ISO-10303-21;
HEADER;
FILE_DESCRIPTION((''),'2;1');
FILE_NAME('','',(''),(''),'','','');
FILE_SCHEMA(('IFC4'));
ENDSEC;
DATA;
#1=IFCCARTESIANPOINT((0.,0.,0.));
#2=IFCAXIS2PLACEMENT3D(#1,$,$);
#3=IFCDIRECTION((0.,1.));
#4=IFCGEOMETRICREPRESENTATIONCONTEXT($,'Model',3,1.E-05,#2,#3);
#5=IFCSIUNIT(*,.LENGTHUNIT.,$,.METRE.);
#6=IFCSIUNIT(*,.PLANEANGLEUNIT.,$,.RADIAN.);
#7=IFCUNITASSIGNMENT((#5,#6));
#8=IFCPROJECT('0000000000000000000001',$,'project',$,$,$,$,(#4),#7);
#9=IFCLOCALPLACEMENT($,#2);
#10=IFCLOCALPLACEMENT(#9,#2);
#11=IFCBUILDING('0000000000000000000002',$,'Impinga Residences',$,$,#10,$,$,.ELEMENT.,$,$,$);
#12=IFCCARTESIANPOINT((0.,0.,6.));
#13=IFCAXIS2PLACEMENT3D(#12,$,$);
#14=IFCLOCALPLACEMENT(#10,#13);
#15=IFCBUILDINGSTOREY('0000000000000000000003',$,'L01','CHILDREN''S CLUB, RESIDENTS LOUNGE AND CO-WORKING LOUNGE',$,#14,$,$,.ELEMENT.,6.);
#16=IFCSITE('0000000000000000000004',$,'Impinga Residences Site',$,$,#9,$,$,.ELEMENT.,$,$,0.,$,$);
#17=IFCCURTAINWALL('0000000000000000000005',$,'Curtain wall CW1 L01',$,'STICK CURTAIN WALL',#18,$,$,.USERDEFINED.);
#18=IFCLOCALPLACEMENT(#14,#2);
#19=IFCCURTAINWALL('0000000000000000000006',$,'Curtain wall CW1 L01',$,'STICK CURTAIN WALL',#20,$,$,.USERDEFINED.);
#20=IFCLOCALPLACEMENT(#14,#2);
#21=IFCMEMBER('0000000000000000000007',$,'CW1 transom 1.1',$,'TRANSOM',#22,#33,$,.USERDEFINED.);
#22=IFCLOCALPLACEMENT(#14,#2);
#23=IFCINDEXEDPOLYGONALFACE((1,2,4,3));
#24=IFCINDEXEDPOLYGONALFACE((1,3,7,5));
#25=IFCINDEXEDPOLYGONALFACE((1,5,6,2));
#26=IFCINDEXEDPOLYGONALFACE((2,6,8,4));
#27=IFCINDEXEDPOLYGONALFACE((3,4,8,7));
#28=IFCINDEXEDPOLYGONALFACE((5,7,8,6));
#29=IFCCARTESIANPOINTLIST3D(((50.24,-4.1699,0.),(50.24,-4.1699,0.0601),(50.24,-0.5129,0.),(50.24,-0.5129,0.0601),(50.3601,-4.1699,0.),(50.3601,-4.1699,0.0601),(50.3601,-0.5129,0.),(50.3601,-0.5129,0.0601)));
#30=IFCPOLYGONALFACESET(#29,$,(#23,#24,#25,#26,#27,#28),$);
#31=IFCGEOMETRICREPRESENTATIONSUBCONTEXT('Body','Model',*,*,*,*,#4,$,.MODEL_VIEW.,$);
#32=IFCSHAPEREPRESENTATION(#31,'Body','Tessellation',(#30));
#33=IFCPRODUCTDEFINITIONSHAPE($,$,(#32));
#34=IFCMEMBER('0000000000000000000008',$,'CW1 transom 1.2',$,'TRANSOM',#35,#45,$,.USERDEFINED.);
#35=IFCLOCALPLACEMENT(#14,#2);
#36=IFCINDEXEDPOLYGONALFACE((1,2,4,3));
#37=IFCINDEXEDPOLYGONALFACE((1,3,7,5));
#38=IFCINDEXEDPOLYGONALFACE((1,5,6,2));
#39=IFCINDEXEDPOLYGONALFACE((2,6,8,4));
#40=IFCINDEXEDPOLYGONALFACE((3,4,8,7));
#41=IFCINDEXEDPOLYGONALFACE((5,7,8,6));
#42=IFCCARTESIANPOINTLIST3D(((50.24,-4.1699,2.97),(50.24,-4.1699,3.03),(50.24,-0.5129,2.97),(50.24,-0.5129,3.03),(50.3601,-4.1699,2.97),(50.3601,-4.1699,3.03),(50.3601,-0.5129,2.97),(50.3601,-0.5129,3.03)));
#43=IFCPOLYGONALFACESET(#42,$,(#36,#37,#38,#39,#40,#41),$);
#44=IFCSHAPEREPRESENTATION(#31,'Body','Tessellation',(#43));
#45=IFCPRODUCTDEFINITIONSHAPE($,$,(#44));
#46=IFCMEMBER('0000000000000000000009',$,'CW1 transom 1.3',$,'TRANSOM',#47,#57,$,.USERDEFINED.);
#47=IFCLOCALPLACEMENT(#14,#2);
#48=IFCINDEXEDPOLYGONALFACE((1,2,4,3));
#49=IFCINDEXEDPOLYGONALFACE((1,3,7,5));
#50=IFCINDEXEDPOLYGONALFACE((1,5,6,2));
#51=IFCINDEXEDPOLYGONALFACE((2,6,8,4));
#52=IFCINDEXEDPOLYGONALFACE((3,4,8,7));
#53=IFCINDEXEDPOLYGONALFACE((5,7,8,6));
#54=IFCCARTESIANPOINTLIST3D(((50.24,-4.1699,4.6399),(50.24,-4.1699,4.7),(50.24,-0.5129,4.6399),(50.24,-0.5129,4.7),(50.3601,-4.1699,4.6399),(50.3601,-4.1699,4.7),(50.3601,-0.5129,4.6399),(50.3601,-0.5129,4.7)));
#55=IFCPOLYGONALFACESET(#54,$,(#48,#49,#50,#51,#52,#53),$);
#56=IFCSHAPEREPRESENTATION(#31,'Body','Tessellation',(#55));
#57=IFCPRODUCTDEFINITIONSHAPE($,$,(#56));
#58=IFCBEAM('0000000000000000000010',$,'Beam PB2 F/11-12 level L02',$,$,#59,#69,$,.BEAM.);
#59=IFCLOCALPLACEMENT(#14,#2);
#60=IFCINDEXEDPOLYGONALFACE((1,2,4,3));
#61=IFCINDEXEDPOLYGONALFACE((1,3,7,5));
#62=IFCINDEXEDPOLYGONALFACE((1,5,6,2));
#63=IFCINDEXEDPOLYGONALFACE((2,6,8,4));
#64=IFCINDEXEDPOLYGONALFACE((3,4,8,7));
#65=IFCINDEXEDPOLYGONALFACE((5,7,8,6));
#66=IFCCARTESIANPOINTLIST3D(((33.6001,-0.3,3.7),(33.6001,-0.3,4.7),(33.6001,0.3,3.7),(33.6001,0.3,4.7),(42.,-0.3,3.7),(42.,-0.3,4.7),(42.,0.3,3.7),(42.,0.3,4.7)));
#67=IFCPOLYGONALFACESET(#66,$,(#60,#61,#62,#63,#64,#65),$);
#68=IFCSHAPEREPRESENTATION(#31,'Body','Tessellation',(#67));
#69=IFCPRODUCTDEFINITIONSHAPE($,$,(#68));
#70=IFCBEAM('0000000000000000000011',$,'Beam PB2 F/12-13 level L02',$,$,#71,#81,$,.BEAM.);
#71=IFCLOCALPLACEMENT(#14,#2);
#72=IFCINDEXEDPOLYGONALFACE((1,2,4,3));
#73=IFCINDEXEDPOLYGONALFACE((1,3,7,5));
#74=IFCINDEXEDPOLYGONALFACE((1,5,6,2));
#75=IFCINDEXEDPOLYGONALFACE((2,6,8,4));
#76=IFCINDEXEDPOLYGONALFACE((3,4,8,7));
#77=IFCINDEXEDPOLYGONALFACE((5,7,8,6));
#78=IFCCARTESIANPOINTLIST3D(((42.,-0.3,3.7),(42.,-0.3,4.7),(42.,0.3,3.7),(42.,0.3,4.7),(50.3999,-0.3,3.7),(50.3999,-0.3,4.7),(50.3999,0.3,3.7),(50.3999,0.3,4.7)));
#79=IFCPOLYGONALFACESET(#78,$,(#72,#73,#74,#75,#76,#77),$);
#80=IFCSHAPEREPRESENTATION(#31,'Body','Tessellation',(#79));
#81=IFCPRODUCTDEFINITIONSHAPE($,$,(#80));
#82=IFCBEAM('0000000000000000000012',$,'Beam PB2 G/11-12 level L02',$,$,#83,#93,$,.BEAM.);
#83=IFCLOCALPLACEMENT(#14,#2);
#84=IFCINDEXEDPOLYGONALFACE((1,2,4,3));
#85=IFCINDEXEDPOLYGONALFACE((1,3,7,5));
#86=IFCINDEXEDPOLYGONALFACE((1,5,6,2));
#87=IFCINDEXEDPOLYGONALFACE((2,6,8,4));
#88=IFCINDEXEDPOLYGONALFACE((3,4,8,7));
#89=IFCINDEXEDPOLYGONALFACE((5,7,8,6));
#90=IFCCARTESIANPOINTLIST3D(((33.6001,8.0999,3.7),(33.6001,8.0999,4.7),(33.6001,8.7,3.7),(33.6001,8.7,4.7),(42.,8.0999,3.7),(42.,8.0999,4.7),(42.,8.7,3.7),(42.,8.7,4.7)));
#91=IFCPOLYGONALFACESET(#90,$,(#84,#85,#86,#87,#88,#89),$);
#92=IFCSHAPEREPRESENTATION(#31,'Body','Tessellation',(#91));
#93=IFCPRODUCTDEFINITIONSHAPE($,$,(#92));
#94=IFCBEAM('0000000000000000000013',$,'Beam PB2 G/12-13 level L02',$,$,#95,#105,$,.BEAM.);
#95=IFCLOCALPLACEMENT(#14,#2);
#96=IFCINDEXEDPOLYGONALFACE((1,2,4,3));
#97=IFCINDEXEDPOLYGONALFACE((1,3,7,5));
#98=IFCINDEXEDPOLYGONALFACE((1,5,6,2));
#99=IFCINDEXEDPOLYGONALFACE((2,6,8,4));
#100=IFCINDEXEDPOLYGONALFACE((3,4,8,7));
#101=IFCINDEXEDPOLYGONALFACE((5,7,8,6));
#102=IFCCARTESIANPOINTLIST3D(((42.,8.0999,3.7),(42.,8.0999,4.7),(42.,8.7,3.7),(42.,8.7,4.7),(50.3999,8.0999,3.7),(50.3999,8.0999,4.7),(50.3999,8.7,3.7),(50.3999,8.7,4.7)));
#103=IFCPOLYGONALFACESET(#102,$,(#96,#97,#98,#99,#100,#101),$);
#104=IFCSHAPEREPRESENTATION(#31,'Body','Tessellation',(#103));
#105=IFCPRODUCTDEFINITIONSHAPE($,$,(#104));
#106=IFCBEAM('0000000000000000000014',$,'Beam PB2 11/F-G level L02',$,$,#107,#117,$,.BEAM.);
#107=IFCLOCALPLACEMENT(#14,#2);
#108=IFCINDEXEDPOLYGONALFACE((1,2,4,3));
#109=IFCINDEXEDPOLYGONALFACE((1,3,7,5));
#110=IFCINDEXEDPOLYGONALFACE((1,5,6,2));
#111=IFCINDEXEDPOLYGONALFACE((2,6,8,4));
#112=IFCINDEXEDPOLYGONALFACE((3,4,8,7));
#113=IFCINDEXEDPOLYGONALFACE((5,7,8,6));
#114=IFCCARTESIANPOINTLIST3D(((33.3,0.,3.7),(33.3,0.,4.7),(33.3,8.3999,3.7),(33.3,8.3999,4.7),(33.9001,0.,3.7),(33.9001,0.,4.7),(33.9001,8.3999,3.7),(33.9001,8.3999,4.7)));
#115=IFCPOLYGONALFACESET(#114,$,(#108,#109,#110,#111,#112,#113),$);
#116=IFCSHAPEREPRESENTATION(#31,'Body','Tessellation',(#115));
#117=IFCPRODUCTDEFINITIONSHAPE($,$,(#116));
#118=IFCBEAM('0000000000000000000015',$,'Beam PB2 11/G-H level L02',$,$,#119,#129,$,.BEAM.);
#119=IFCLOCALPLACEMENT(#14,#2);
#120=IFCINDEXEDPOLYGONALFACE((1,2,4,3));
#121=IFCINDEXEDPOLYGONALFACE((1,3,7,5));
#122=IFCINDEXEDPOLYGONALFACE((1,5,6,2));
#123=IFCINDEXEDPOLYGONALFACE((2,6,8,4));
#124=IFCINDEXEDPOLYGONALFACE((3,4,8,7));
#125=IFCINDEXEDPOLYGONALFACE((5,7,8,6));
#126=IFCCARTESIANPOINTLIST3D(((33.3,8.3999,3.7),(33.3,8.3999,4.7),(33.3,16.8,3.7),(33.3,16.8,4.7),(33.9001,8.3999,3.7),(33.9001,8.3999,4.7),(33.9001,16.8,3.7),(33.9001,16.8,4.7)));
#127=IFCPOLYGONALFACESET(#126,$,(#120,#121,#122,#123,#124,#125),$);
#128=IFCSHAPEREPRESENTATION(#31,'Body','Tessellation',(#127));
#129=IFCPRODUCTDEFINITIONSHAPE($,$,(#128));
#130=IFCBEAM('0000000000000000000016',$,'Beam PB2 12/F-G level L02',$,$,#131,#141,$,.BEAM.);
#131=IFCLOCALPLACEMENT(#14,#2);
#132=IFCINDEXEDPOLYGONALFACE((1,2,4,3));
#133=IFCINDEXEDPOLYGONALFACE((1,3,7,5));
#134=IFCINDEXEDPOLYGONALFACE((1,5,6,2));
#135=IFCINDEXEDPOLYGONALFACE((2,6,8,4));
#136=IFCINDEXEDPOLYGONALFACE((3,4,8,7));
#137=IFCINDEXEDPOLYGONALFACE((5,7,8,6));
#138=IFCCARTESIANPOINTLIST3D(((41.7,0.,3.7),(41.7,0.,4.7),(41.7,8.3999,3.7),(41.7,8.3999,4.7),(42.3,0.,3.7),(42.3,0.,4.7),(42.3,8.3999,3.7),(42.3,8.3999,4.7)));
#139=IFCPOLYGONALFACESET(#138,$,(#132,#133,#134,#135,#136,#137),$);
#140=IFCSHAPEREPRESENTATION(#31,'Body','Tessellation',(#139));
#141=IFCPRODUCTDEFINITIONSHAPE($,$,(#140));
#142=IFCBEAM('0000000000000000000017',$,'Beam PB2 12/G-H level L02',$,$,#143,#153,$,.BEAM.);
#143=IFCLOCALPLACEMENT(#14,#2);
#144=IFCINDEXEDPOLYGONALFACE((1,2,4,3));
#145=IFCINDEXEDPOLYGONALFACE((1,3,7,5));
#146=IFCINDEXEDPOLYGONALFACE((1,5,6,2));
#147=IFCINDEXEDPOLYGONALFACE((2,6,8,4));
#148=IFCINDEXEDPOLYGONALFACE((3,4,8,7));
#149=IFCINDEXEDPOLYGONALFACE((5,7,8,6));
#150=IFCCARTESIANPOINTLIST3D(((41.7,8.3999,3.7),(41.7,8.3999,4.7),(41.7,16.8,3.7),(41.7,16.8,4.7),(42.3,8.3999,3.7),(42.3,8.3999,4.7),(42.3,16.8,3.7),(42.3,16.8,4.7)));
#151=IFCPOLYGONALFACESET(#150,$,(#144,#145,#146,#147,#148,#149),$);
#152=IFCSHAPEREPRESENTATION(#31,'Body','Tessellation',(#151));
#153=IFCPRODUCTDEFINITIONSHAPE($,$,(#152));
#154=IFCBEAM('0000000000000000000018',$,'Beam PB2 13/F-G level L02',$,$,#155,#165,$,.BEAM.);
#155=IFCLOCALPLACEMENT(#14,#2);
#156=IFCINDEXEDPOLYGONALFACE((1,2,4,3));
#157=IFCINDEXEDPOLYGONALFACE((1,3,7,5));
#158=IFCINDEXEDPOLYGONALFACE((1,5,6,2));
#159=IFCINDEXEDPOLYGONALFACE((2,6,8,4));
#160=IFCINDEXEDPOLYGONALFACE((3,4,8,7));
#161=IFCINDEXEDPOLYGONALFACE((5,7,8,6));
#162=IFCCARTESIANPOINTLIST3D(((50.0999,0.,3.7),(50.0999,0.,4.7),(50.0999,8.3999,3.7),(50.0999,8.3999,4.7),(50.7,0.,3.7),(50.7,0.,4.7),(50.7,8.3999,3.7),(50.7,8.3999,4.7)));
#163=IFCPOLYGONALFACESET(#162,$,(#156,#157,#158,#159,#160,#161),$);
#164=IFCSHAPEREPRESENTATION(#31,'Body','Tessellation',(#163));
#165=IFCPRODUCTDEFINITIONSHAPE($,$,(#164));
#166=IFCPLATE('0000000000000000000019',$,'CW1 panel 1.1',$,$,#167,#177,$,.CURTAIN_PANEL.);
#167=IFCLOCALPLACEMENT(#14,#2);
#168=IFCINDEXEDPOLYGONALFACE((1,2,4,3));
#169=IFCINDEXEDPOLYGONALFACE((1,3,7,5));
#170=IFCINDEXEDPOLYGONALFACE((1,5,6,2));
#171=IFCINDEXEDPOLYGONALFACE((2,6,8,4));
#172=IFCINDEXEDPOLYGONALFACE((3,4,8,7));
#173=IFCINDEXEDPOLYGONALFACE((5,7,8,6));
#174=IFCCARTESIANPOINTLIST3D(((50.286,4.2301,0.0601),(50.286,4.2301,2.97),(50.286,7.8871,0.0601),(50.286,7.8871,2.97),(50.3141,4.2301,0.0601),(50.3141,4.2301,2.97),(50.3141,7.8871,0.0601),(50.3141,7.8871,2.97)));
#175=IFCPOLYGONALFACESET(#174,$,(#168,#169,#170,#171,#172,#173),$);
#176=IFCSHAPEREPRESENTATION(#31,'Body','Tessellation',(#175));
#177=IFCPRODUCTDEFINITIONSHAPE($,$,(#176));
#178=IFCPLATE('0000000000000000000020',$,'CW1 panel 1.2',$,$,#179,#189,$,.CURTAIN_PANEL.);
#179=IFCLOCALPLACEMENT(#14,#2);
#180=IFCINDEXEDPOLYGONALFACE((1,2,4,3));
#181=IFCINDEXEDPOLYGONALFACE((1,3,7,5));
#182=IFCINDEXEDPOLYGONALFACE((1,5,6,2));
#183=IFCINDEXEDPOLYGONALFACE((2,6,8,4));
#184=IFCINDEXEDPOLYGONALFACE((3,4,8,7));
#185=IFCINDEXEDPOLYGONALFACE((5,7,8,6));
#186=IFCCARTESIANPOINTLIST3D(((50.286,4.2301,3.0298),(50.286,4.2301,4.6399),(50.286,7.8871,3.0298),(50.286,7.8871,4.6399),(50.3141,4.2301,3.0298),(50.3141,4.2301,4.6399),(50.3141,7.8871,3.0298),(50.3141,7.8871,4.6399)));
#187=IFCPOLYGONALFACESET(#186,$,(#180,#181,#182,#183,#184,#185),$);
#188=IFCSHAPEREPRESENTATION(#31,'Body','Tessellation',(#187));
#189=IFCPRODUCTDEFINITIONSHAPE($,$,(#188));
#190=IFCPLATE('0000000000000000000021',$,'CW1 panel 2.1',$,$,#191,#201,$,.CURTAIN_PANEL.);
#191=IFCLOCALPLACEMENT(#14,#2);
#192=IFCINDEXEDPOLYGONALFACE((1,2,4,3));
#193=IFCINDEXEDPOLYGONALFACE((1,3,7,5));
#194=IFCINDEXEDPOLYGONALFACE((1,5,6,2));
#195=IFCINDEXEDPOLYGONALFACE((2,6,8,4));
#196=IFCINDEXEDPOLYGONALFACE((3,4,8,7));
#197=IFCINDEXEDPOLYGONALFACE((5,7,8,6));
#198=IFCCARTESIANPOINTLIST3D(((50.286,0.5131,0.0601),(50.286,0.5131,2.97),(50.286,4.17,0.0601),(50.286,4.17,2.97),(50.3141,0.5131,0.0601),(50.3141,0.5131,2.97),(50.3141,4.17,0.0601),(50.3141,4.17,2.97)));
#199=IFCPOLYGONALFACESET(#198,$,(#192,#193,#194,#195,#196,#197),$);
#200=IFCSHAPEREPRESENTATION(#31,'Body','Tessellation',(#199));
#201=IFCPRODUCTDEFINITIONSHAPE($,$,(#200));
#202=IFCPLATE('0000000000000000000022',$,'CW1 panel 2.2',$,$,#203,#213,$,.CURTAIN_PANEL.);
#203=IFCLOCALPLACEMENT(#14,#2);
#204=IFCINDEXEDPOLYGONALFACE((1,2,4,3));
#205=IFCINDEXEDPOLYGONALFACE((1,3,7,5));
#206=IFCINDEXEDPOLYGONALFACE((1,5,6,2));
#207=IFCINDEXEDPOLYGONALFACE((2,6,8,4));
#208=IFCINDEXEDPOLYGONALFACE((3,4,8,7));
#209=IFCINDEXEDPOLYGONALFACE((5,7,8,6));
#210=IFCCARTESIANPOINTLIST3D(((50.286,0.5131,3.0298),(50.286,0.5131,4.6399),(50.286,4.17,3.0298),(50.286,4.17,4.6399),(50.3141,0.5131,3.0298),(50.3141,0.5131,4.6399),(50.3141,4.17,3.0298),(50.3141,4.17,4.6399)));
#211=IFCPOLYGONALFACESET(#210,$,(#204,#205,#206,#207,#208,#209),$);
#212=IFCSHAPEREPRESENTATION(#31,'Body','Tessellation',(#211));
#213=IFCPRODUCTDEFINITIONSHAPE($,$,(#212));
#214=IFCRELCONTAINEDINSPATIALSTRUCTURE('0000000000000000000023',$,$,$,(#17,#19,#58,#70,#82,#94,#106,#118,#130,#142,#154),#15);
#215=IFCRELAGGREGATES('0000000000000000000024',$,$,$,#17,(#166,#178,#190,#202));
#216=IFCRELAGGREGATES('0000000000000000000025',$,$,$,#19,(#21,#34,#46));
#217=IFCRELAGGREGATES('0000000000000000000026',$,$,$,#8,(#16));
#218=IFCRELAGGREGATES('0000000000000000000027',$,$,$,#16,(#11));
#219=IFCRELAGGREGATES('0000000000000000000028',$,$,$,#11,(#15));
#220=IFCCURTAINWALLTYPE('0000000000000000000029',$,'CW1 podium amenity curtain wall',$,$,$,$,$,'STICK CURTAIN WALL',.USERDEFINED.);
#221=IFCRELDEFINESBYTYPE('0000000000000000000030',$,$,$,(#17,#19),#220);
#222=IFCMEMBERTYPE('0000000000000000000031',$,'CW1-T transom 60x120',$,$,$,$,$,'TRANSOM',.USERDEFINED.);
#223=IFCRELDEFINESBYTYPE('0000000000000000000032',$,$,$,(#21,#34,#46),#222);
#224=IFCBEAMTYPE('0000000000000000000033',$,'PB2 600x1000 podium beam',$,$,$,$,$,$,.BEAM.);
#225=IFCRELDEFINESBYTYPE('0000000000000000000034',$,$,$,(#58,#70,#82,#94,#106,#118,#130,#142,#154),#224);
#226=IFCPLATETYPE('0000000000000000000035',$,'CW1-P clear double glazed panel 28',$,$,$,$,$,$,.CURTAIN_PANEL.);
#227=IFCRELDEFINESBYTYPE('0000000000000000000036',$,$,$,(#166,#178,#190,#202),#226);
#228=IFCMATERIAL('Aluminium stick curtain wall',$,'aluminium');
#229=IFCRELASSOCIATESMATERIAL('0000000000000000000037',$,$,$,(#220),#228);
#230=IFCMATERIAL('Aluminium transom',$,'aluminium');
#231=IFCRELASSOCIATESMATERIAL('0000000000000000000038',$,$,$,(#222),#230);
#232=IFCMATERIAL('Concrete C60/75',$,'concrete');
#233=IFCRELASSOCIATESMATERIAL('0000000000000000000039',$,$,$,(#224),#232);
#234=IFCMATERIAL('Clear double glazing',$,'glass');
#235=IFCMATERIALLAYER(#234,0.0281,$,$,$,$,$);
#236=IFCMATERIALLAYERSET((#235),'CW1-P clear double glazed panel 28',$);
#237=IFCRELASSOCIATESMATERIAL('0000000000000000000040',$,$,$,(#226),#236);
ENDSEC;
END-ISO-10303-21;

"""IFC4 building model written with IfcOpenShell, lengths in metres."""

from ifc_helpers import new_model, si_unit, direction, frame, origin, origin_2d, place, context, subcontext, project, spatial, rectangle, extrude, material, layer, layer_set, material_profile, profile_set, type_object, element, aggregate, save


model = new_model("IFC4")

# Units and contexts
model_context = context("Model", 3, precision=1e-05, world=origin(), true_north=direction((0.0, 1.0)))
body_context = subcontext(model_context, "Body", "Model", "MODEL_VIEW")
ifc_project = project(units=[si_unit("LENGTHUNIT", "METRE"), si_unit("PLANEANGLEUNIT", "RADIAN")], contexts=[model_context])

# Site, building, storey
site_placement = place(None, origin())
site = spatial("IfcSite", under=ifc_project, at=site_placement, Name="Impinga Residences Site", CompositionType="ELEMENT", RefElevation=0.0)
building_placement = place(site_placement, origin())
building = spatial("IfcBuilding", under=site, at=building_placement, Name="Impinga Residences", CompositionType="ELEMENT")
storey_placement = place(building_placement, frame((0.0, 0.0, 6.0)))
storey = spatial("IfcBuildingStorey", under=building, at=storey_placement, Name="L01", Description="CHILDREN'S CLUB, RESIDENTS LOUNGE AND CO-WORKING LOUNGE", CompositionType="ELEMENT", Elevation=6.0)

# Curtain wall
ifc_material_1 = material(Name="Aluminium stick curtain wall", Category="aluminium")
curtain_wall_type = type_object("IfcCurtainWallType", Name="CW1 podium amenity curtain wall", ElementType="STICK CURTAIN WALL", PredefinedType="USERDEFINED", material=ifc_material_1)
curtain_wall_1_placement = place(storey_placement, origin())
curtain_wall_1 = element("IfcCurtainWall", 1, at=curtain_wall_1_placement, inside=storey, type_object=curtain_wall_type, Name="Curtain wall CW1 L01", ObjectType="STICK CURTAIN WALL", PredefinedType="USERDEFINED")

# Curtain wall
curtain_wall_2_placement = place(storey_placement, origin())
curtain_wall_2 = element("IfcCurtainWall", 2, at=curtain_wall_2_placement, inside=storey, type_object=curtain_wall_type, Name="Curtain wall CW1 L01", ObjectType="STICK CURTAIN WALL", PredefinedType="USERDEFINED")

# Members
ifc_material_2 = material(Name="Aluminium transom", Category="aluminium")
ifc_material_profile_1 = material_profile(ifc_material_2, rectangle(XDim=0.0601, YDim=0.1201, at=origin_2d()), Name="60x120 transom")
ifc_profile_set_1 = profile_set([ifc_material_profile_1], Name="Aluminium transom")
member_type_1 = type_object("IfcMemberType", Name="CW1-T transom 60x120", ElementType="TRANSOM", PredefinedType="USERDEFINED", material=ifc_profile_set_1)
member_1_placement = place(storey_placement, frame((50.3, -0.5129, 0.03), z_axis=(0.0, -1.0, 0.0), x_axis=(0.0, 0.0, 1.0)))
member_1 = element("IfcMember", 3, at=member_1_placement, type_object=member_type_1, Name="CW1 transom 1.1", ObjectType="TRANSOM", PredefinedType="USERDEFINED", context=body_context, shape_type="SweptSolid", body=[
    extrude(rectangle(XDim=0.0601, YDim=0.1201, at=origin_2d()), origin(), (0.0, 0.0, 1.0), 3.657),
])
member_2_placement = place(storey_placement, frame((50.3, -0.5129, 3.0), z_axis=(0.0, -1.0, 0.0), x_axis=(0.0, 0.0, 1.0)))
member_2 = element("IfcMember", 4, at=member_2_placement, type_object=member_type_1, Name="CW1 transom 1.2", ObjectType="TRANSOM", PredefinedType="USERDEFINED", context=body_context, shape_type="SweptSolid", body=[
    extrude(rectangle(XDim=0.0601, YDim=0.1201, at=origin_2d()), origin(), (0.0, 0.0, 1.0), 3.657),
])
member_3_placement = place(storey_placement, frame((50.3, -0.5129, 4.6699), z_axis=(0.0, -1.0, 0.0), x_axis=(0.0, 0.0, 1.0)))
member_3 = element("IfcMember", 5, at=member_3_placement, type_object=member_type_1, Name="CW1 transom 1.3", ObjectType="TRANSOM", PredefinedType="USERDEFINED", context=body_context, shape_type="SweptSolid", body=[
    extrude(rectangle(XDim=0.0601, YDim=0.1201, at=origin_2d()), origin(), (0.0, 0.0, 1.0), 3.657),
])

# Beams
ifc_material_3 = material(Name="Concrete C60/75", Category="concrete")
ifc_material_profile_2 = material_profile(ifc_material_3, rectangle(XDim=0.6001, YDim=1.0, at=origin_2d()), Name="RC 600x1000")
ifc_profile_set_2 = profile_set([ifc_material_profile_2], Name="Concrete C60/75")
beam_type = type_object("IfcBeamType", Name="PB2 600x1000 podium beam", PredefinedType="BEAM", material=ifc_profile_set_2)
for number, where, z_axis, x_axis, name in (
    (6, (33.6001, 0.0, 4.2), (1.0, 0.0, 0.0), (0.0, 1.0, 0.0), "Beam PB2 F/11-12 level L02"),
    (7, (42.0, 0.0, 4.2), (1.0, 0.0, 0.0), (0.0, 1.0, 0.0), "Beam PB2 F/12-13 level L02"),
    (8, (33.6001, 8.3999, 4.2), (1.0, 0.0, 0.0), (0.0, 1.0, 0.0), "Beam PB2 G/11-12 level L02"),
    (9, (42.0, 8.3999, 4.2), (1.0, 0.0, 0.0), (0.0, 1.0, 0.0), "Beam PB2 G/12-13 level L02"),
    (10, (33.6001, 0.0, 4.2), (0.0, 1.0, 0.0), (-1.0, 0.0, 0.0), "Beam PB2 11/F-G level L02"),
):
    element("IfcBeam", number, at=place(storey_placement, frame(where, z_axis=z_axis, x_axis=x_axis)), inside=storey, type_object=beam_type, Name=name, PredefinedType="BEAM", context=body_context, shape_type="SweptSolid", body=[
        extrude(rectangle(XDim=0.6001, YDim=1.0, at=origin_2d()), origin(), (0.0, 0.0, 1.0), 8.3999),
    ])
beam_1_placement = place(storey_placement, frame((33.6001, 8.3999, 4.2), z_axis=(0.0, 1.0, 0.0), x_axis=(-1.0, 0.0, 0.0)))
element("IfcBeam", 11, at=beam_1_placement, inside=storey, type_object=beam_type, Name="Beam PB2 11/G-H level L02", PredefinedType="BEAM", context=body_context, shape_type="SweptSolid", body=[
    extrude(rectangle(XDim=0.6001, YDim=1.0, at=origin_2d()), origin(), (0.0, 0.0, 1.0), 8.4001),
])
beam_2_placement = place(storey_placement, frame((42.0, 0.0, 4.2), z_axis=(0.0, 1.0, 0.0), x_axis=(-1.0, 0.0, 0.0)))
element("IfcBeam", 12, at=beam_2_placement, inside=storey, type_object=beam_type, Name="Beam PB2 12/F-G level L02", PredefinedType="BEAM", context=body_context, shape_type="SweptSolid", body=[
    extrude(rectangle(XDim=0.6001, YDim=1.0, at=origin_2d()), origin(), (0.0, 0.0, 1.0), 8.3999),
])
beam_3_placement = place(storey_placement, frame((42.0, 8.3999, 4.2), z_axis=(0.0, 1.0, 0.0), x_axis=(-1.0, 0.0, 0.0)))
element("IfcBeam", 13, at=beam_3_placement, inside=storey, type_object=beam_type, Name="Beam PB2 12/G-H level L02", PredefinedType="BEAM", context=body_context, shape_type="SweptSolid", body=[
    extrude(rectangle(XDim=0.6001, YDim=1.0, at=origin_2d()), origin(), (0.0, 0.0, 1.0), 8.4001),
])
beam_4_placement = place(storey_placement, frame((50.3999, 0.0, 4.2), z_axis=(0.0, 1.0, 0.0), x_axis=(-1.0, 0.0, 0.0)))
element("IfcBeam", 14, at=beam_4_placement, inside=storey, type_object=beam_type, Name="Beam PB2 13/F-G level L02", PredefinedType="BEAM", context=body_context, shape_type="SweptSolid", body=[
    extrude(rectangle(XDim=0.6001, YDim=1.0, at=origin_2d()), origin(), (0.0, 0.0, 1.0), 8.3999),
])

# Plates
ifc_material_4 = material(Name="Clear double glazing", Category="glass")
ifc_layer = layer(ifc_material_4, 0.0281)
ifc_layer_set = layer_set([ifc_layer], Name="CW1-P clear double glazed panel 28")
plate_type = type_object("IfcPlateType", Name="CW1-P clear double glazed panel 28", PredefinedType="CURTAIN_PANEL", material=ifc_layer_set)
plate_1_placement = place(storey_placement, frame((50.3, 6.0586, 0.0601), z_axis=(0.0, 0.0, 1.0), x_axis=(0.0, -1.0, 0.0)))
plate_1 = element("IfcPlate", 15, at=plate_1_placement, type_object=plate_type, Name="CW1 panel 1.1", PredefinedType="CURTAIN_PANEL", context=body_context, shape_type="SweptSolid", body=[
    extrude(rectangle(XDim=3.657, YDim=0.0281, at=origin_2d()), origin(), (0.0, 0.0, 1.0), 2.9099),
])
plate_2_placement = place(storey_placement, frame((50.3, 6.0586, 3.0298), z_axis=(0.0, 0.0, 1.0), x_axis=(0.0, -1.0, 0.0)))
plate_2 = element("IfcPlate", 16, at=plate_2_placement, type_object=plate_type, Name="CW1 panel 1.2", PredefinedType="CURTAIN_PANEL", context=body_context, shape_type="SweptSolid", body=[
    extrude(rectangle(XDim=3.657, YDim=0.0281, at=origin_2d()), origin(), (0.0, 0.0, 1.0), 1.6101),
])
plate_3_placement = place(storey_placement, frame((50.3, 2.3416, 0.0601), z_axis=(0.0, 0.0, 1.0), x_axis=(0.0, -1.0, 0.0)))
plate_3 = element("IfcPlate", 17, at=plate_3_placement, type_object=plate_type, Name="CW1 panel 2.1", PredefinedType="CURTAIN_PANEL", context=body_context, shape_type="SweptSolid", body=[
    extrude(rectangle(XDim=3.657, YDim=0.0281, at=origin_2d()), origin(), (0.0, 0.0, 1.0), 2.9099),
])
plate_4_placement = place(storey_placement, frame((50.3, 2.3416, 3.0298), z_axis=(0.0, 0.0, 1.0), x_axis=(0.0, -1.0, 0.0)))
plate_4 = element("IfcPlate", 18, at=plate_4_placement, type_object=plate_type, Name="CW1 panel 2.2", PredefinedType="CURTAIN_PANEL", context=body_context, shape_type="SweptSolid", body=[
    extrude(rectangle(XDim=3.657, YDim=0.0281, at=origin_2d()), origin(), (0.0, 0.0, 1.0), 1.6101),
])
aggregate(curtain_wall_1, [plate_1, plate_2, plate_3, plate_4])
aggregate(curtain_wall_2, [member_1, member_2, member_3])

save(model, "model.ifc")
